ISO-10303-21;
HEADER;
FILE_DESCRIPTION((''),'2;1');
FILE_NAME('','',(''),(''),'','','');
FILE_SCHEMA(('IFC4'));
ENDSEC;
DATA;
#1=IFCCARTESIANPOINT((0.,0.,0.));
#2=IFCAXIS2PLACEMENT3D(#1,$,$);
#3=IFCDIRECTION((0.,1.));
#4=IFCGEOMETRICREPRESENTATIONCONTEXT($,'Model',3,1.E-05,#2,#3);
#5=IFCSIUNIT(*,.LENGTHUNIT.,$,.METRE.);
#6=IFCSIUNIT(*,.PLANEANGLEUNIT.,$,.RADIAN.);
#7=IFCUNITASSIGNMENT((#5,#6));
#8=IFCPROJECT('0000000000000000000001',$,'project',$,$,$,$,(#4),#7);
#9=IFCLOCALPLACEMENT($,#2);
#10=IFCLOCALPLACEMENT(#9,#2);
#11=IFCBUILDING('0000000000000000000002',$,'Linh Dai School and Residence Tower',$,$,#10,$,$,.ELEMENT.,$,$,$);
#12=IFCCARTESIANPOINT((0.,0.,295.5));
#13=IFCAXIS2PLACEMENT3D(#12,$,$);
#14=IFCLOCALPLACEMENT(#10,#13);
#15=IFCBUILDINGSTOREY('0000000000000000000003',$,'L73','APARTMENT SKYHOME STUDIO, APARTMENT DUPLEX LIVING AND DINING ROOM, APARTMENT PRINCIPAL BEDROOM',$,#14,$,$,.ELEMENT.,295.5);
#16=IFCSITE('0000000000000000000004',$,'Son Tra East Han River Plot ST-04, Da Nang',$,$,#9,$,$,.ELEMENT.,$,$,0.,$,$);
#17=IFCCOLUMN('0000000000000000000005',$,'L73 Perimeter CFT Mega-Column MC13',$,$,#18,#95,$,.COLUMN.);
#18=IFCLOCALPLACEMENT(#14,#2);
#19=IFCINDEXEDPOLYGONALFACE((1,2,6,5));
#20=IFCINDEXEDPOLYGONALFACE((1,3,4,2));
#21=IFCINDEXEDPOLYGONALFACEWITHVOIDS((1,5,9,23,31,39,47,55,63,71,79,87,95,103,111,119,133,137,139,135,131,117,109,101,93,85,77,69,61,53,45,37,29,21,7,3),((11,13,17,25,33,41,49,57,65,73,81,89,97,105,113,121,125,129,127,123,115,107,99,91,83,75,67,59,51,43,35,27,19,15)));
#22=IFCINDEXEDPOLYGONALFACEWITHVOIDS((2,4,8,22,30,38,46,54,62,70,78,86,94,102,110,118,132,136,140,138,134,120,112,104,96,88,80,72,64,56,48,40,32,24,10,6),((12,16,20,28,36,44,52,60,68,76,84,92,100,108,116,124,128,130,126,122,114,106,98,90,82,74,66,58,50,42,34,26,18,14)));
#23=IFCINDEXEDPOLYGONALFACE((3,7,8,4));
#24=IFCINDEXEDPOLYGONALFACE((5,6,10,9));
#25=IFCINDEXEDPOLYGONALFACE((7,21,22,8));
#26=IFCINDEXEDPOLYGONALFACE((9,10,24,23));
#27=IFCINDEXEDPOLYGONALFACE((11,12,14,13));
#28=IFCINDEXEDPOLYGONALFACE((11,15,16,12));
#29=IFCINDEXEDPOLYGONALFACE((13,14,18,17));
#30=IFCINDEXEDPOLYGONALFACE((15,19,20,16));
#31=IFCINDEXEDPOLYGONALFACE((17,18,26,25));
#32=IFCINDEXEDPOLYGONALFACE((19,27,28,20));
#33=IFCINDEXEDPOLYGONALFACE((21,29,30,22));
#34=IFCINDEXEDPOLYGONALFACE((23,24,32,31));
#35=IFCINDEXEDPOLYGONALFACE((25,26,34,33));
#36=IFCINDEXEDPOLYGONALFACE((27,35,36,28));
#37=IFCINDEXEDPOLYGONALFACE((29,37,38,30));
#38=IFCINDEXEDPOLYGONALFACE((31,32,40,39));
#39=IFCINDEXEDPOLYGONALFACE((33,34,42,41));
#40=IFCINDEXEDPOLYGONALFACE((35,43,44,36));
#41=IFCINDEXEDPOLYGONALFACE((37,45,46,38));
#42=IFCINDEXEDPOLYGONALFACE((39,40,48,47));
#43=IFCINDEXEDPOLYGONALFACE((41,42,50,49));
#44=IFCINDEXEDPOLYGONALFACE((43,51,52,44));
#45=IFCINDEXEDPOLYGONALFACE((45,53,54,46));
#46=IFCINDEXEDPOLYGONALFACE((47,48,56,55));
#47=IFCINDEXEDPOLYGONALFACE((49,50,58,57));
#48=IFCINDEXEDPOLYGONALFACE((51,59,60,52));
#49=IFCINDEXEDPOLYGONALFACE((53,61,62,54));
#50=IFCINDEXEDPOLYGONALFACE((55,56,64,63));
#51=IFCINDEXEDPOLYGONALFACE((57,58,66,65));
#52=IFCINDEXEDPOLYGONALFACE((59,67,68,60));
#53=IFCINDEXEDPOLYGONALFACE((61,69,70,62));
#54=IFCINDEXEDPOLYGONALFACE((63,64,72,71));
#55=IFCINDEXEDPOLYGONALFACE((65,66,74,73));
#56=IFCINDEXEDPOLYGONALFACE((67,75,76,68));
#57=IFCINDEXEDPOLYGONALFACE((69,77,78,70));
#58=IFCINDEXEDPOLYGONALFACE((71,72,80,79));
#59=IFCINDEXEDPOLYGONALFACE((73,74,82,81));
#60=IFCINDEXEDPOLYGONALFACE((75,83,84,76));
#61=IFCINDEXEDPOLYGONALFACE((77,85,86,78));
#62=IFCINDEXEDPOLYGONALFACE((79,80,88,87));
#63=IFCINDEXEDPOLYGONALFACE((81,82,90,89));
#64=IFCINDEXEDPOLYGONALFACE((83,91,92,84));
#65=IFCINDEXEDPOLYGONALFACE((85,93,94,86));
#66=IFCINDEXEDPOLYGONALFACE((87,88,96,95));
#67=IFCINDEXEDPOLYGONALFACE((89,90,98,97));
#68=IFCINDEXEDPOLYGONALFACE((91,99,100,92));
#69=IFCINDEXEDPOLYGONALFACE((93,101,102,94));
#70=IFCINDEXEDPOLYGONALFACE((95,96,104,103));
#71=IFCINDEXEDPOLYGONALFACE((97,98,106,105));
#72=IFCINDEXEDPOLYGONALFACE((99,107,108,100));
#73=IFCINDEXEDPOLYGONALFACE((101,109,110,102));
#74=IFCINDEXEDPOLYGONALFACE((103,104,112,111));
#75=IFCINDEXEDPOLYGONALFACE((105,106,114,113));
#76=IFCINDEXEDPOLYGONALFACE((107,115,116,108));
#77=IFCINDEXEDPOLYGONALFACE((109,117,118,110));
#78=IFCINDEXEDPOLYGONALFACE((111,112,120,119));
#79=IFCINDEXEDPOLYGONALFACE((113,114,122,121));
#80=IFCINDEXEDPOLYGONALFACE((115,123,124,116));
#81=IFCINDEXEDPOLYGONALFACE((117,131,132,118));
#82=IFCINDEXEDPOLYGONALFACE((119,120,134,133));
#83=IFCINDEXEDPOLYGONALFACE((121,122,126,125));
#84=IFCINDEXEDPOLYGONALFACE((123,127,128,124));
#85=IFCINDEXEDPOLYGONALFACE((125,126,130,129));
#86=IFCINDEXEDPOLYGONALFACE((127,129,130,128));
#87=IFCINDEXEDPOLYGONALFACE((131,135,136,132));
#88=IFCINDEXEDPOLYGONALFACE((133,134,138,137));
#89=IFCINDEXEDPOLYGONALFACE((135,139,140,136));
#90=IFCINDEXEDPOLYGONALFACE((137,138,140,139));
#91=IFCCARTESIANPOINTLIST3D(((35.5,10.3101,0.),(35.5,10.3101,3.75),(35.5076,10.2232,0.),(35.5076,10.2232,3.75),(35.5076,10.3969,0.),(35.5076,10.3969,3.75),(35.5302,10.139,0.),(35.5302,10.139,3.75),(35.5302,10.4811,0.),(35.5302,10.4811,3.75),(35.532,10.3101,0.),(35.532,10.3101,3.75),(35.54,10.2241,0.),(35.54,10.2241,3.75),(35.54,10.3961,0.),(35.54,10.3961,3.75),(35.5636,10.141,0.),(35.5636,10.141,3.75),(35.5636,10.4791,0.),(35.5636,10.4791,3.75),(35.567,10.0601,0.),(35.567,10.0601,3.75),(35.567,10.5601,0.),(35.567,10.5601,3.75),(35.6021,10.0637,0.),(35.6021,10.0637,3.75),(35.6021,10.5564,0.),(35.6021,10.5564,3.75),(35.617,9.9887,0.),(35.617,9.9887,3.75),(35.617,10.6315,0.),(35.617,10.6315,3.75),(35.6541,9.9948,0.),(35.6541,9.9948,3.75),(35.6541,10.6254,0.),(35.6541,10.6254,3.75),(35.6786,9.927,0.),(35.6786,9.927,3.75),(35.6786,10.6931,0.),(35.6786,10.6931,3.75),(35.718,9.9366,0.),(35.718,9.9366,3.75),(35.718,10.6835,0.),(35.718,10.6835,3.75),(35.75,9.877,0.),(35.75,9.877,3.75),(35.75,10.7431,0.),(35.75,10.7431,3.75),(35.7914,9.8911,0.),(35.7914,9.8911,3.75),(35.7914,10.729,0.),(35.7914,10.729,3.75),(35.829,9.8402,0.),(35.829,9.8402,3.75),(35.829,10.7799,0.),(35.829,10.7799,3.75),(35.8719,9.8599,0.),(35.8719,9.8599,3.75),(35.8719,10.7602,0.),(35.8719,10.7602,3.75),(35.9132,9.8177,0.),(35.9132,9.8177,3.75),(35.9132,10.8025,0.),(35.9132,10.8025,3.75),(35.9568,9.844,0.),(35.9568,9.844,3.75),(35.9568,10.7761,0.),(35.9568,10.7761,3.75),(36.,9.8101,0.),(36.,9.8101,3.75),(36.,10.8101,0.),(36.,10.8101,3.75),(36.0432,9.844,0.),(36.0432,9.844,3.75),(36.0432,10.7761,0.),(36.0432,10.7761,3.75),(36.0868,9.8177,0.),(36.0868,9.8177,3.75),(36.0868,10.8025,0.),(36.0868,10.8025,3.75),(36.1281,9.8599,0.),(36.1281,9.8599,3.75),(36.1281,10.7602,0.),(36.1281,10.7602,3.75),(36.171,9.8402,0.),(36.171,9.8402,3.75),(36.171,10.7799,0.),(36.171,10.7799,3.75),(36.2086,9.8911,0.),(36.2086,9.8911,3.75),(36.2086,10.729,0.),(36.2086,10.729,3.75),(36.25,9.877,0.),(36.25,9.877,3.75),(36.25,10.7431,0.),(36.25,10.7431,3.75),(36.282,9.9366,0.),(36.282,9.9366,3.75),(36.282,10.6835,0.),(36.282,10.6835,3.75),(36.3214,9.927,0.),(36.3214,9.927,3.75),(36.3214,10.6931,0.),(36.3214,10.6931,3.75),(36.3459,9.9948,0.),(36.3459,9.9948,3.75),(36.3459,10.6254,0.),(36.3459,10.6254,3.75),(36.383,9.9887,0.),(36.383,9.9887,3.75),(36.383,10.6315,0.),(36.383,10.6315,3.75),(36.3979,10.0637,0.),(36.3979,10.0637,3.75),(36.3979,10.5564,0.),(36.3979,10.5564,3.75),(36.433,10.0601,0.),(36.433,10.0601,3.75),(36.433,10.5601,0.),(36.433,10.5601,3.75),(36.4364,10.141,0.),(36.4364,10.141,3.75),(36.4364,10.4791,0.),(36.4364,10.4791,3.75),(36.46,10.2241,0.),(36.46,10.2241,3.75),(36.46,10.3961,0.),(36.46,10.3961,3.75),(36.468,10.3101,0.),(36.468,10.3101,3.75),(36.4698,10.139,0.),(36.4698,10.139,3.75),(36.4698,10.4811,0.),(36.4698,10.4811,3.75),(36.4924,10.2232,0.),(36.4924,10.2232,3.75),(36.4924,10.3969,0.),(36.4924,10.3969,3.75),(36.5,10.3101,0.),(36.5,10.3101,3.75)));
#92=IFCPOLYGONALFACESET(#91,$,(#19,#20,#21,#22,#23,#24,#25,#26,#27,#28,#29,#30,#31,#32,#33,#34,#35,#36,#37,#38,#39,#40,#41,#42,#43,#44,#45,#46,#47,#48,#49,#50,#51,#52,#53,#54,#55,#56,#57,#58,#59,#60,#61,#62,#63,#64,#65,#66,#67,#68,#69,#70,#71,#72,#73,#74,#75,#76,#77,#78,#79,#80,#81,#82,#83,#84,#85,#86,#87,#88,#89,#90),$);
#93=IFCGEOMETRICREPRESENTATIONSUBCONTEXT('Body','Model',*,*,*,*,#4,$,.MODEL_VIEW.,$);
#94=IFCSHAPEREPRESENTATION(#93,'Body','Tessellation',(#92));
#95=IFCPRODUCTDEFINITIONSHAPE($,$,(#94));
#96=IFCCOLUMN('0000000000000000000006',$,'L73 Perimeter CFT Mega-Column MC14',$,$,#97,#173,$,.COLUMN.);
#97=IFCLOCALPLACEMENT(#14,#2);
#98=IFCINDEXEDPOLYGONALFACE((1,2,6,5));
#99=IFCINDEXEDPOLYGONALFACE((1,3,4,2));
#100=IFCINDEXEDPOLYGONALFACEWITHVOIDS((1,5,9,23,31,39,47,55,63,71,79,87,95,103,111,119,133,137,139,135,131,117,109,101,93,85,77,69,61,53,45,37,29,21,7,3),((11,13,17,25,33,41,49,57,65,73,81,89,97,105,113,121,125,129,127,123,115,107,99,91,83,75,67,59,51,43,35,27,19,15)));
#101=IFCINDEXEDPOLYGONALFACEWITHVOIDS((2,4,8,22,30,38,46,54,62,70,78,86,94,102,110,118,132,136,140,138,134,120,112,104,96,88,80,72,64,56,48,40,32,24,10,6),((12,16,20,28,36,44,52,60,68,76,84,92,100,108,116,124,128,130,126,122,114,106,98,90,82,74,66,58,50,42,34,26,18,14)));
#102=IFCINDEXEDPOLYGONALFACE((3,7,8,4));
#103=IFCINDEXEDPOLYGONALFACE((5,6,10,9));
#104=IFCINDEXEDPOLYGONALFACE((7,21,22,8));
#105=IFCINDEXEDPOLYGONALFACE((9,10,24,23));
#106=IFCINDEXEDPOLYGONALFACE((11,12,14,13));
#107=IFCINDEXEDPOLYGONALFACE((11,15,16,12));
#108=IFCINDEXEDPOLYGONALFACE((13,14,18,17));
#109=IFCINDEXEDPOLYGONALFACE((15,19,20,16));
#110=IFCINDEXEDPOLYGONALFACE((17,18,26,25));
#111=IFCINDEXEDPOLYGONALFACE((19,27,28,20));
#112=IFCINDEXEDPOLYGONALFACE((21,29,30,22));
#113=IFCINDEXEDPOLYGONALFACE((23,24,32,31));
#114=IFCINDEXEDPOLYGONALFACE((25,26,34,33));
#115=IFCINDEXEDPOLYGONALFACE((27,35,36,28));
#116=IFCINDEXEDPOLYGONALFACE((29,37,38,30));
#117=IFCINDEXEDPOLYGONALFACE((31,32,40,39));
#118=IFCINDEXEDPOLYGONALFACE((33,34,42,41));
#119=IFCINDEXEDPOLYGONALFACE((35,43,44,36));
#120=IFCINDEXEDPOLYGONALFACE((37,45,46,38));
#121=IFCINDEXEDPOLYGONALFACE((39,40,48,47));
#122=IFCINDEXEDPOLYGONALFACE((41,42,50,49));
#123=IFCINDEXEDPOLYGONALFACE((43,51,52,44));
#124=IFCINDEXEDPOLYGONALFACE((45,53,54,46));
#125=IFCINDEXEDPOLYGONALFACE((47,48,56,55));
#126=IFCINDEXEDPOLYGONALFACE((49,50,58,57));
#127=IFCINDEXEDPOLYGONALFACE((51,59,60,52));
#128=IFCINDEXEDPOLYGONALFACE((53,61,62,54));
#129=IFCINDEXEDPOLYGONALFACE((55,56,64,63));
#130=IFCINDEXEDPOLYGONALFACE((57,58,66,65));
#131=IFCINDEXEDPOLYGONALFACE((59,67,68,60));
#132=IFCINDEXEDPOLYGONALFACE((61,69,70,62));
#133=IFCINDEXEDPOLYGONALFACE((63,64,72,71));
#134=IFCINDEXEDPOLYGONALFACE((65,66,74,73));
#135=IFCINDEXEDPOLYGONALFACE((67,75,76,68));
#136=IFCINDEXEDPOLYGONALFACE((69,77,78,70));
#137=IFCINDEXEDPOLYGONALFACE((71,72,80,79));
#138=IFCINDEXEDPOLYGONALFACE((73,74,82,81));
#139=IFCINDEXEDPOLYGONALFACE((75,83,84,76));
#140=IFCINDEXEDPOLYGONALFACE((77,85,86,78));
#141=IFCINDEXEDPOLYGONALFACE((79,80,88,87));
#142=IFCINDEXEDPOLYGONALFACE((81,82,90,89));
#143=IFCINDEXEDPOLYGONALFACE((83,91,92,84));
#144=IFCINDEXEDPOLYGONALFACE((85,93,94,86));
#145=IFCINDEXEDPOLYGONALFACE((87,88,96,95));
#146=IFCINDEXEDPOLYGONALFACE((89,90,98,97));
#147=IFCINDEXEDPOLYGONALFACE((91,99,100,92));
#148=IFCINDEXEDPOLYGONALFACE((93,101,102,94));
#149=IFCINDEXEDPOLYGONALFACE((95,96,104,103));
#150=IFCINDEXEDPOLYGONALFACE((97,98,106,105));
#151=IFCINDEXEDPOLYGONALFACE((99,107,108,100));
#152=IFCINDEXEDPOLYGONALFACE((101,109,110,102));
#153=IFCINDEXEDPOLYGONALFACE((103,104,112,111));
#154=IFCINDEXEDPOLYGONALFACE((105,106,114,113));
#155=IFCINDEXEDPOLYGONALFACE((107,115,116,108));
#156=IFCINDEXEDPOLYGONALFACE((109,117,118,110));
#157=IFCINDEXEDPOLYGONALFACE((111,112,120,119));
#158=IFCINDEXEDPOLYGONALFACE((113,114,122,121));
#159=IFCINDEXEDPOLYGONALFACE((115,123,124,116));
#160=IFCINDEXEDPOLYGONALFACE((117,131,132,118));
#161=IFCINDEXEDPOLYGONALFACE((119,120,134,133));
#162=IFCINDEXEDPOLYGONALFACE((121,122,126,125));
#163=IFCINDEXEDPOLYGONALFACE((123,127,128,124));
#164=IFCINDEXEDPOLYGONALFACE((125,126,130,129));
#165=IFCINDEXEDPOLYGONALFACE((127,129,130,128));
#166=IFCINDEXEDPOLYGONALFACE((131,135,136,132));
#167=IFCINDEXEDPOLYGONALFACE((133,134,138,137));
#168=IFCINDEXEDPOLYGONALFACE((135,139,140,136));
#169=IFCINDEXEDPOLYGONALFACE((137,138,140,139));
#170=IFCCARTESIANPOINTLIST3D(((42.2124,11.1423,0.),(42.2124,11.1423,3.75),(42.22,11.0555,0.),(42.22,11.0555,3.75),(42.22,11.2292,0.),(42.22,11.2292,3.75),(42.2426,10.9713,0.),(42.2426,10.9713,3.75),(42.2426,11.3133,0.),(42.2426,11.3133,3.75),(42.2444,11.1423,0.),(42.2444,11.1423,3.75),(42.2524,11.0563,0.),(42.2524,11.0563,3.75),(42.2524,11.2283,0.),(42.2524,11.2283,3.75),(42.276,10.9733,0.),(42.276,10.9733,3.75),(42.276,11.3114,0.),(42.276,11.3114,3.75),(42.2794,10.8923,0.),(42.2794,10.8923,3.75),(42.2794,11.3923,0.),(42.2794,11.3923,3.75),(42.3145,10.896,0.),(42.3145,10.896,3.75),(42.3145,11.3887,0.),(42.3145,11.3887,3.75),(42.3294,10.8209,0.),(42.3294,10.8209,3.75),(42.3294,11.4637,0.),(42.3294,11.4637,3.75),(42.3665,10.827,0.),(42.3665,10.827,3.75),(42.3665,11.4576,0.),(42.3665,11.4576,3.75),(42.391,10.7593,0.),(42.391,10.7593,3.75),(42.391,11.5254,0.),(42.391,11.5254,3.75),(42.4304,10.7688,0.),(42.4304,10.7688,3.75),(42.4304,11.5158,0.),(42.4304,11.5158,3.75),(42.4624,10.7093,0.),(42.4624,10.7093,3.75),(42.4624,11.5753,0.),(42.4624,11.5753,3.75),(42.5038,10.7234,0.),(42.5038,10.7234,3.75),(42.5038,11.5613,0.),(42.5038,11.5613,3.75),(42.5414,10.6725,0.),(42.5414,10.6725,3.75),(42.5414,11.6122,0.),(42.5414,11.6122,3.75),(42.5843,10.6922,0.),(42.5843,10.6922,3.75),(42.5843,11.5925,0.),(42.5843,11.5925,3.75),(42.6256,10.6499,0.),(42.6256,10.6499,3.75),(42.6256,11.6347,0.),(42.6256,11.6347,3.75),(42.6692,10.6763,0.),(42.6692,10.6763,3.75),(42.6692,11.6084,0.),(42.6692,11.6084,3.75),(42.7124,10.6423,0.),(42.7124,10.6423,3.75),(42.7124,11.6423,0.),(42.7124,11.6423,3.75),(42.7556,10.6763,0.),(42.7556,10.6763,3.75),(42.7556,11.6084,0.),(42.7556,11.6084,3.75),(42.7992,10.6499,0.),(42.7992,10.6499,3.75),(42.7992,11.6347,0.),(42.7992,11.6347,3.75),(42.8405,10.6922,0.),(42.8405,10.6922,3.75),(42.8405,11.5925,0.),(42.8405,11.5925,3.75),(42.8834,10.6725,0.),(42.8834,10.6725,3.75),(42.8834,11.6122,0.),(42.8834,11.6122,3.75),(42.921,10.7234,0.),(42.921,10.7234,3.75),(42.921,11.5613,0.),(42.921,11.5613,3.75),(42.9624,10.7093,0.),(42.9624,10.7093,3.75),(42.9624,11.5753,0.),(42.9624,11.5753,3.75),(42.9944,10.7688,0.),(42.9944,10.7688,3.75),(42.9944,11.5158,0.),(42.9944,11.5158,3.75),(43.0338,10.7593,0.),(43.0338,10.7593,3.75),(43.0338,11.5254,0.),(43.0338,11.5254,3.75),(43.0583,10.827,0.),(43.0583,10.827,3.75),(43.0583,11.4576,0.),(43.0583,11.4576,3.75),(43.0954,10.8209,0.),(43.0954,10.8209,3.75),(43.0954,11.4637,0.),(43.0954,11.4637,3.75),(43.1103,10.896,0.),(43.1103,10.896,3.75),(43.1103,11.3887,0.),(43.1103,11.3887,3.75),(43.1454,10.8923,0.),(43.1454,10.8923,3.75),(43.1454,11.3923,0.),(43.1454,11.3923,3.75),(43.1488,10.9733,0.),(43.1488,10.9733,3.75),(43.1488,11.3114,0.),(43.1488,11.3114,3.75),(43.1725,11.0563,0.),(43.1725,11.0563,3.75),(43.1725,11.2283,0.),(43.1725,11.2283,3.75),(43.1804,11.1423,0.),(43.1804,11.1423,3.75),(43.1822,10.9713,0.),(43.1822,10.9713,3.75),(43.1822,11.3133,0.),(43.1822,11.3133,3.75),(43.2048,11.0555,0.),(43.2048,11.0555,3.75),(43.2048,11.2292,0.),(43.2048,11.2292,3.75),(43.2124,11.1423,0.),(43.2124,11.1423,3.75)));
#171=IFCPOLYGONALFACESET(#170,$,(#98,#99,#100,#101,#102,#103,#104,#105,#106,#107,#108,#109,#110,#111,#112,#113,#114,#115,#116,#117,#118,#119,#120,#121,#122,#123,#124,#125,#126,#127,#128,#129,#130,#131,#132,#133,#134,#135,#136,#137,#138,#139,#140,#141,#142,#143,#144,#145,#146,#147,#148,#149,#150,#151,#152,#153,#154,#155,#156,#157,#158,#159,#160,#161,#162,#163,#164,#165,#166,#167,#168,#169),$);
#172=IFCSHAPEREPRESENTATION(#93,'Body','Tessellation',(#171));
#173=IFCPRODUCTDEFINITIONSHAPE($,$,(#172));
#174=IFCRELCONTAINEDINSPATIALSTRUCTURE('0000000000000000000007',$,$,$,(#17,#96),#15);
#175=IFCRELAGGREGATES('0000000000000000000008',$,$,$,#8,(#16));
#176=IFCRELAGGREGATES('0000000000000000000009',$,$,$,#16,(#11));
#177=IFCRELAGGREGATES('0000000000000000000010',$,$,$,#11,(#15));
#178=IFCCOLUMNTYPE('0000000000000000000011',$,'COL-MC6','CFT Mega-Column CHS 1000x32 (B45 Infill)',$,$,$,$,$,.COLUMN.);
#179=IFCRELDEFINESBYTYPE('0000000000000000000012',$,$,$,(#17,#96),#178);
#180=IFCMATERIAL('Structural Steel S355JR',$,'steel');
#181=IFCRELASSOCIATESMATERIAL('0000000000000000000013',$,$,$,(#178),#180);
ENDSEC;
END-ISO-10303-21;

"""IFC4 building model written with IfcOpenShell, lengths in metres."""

from ifc_helpers import new_model, si_unit, direction, frame, origin, origin_2d, place, context, subcontext, project, spatial, hollow_circle, extrude, material, material_profile, profile_set, type_object, element, save


model = new_model("IFC4")

# Units and contexts
model_context = context("Model", 3, precision=1e-05, world=origin(), true_north=direction((0.0, 1.0)))
body_context = subcontext(model_context, "Body", "Model", "MODEL_VIEW")
ifc_project = project(units=[si_unit("LENGTHUNIT", "METRE"), si_unit("PLANEANGLEUNIT", "RADIAN")], contexts=[model_context])

# Site, building, storey
site_placement = place(None, origin())
site = spatial("IfcSite", under=ifc_project, at=site_placement, Name="Son Tra East Han River Plot ST-04, Da Nang", CompositionType="ELEMENT", RefElevation=0.0)
building_placement = place(site_placement, origin())
building = spatial("IfcBuilding", under=site, at=building_placement, Name="Linh Dai School and Residence Tower", CompositionType="ELEMENT")
storey_placement = place(building_placement, frame((0.0, 0.0, 295.5)))
storey = spatial("IfcBuildingStorey", under=building, at=storey_placement, Name="L73", Description="APARTMENT SKYHOME STUDIO, APARTMENT DUPLEX LIVING AND DINING ROOM, APARTMENT PRINCIPAL BEDROOM", CompositionType="ELEMENT", Elevation=295.5)

# Columns
ifc_material_1 = material(Name="Structural Steel S355JR", Category="steel")
ifc_material_profile_1 = material_profile(ifc_material_1, hollow_circle(Radius=0.5, WallThickness=0.032, at=origin_2d()), Name="CHS 1000x32")
ifc_profile_set_1 = profile_set([ifc_material_profile_1], Name="Structural Steel S355JR")
column_type = type_object("IfcColumnType", Name="COL-MC6", Description="CFT Mega-Column CHS 1000x32 (B45 Infill)", PredefinedType="COLUMN", material=ifc_profile_set_1)
for number, where, z_axis, x_axis, name in (
    (1, (36.0, 10.3101, 0.0), (0.0, 0.0, 1.0), (1.0, 0.0, 0.0), "L73 Perimeter CFT Mega-Column MC13"),
    (2, (42.7124, 11.1423, 0.0), (0.0, 0.0, 1.0), (1.0, 0.0, 0.0), "L73 Perimeter CFT Mega-Column MC14"),
):
    element("IfcColumn", number, at=place(storey_placement, frame(where, z_axis=z_axis, x_axis=x_axis)), inside=storey, type_object=column_type, Name=name, PredefinedType="COLUMN", context=body_context, shape_type="SweptSolid", body=[
        extrude(hollow_circle(Radius=0.5, WallThickness=0.032, at=origin_2d()), origin(), (0.0, 0.0, 1.0), 3.75),
    ])

save(model, "model.ifc")
